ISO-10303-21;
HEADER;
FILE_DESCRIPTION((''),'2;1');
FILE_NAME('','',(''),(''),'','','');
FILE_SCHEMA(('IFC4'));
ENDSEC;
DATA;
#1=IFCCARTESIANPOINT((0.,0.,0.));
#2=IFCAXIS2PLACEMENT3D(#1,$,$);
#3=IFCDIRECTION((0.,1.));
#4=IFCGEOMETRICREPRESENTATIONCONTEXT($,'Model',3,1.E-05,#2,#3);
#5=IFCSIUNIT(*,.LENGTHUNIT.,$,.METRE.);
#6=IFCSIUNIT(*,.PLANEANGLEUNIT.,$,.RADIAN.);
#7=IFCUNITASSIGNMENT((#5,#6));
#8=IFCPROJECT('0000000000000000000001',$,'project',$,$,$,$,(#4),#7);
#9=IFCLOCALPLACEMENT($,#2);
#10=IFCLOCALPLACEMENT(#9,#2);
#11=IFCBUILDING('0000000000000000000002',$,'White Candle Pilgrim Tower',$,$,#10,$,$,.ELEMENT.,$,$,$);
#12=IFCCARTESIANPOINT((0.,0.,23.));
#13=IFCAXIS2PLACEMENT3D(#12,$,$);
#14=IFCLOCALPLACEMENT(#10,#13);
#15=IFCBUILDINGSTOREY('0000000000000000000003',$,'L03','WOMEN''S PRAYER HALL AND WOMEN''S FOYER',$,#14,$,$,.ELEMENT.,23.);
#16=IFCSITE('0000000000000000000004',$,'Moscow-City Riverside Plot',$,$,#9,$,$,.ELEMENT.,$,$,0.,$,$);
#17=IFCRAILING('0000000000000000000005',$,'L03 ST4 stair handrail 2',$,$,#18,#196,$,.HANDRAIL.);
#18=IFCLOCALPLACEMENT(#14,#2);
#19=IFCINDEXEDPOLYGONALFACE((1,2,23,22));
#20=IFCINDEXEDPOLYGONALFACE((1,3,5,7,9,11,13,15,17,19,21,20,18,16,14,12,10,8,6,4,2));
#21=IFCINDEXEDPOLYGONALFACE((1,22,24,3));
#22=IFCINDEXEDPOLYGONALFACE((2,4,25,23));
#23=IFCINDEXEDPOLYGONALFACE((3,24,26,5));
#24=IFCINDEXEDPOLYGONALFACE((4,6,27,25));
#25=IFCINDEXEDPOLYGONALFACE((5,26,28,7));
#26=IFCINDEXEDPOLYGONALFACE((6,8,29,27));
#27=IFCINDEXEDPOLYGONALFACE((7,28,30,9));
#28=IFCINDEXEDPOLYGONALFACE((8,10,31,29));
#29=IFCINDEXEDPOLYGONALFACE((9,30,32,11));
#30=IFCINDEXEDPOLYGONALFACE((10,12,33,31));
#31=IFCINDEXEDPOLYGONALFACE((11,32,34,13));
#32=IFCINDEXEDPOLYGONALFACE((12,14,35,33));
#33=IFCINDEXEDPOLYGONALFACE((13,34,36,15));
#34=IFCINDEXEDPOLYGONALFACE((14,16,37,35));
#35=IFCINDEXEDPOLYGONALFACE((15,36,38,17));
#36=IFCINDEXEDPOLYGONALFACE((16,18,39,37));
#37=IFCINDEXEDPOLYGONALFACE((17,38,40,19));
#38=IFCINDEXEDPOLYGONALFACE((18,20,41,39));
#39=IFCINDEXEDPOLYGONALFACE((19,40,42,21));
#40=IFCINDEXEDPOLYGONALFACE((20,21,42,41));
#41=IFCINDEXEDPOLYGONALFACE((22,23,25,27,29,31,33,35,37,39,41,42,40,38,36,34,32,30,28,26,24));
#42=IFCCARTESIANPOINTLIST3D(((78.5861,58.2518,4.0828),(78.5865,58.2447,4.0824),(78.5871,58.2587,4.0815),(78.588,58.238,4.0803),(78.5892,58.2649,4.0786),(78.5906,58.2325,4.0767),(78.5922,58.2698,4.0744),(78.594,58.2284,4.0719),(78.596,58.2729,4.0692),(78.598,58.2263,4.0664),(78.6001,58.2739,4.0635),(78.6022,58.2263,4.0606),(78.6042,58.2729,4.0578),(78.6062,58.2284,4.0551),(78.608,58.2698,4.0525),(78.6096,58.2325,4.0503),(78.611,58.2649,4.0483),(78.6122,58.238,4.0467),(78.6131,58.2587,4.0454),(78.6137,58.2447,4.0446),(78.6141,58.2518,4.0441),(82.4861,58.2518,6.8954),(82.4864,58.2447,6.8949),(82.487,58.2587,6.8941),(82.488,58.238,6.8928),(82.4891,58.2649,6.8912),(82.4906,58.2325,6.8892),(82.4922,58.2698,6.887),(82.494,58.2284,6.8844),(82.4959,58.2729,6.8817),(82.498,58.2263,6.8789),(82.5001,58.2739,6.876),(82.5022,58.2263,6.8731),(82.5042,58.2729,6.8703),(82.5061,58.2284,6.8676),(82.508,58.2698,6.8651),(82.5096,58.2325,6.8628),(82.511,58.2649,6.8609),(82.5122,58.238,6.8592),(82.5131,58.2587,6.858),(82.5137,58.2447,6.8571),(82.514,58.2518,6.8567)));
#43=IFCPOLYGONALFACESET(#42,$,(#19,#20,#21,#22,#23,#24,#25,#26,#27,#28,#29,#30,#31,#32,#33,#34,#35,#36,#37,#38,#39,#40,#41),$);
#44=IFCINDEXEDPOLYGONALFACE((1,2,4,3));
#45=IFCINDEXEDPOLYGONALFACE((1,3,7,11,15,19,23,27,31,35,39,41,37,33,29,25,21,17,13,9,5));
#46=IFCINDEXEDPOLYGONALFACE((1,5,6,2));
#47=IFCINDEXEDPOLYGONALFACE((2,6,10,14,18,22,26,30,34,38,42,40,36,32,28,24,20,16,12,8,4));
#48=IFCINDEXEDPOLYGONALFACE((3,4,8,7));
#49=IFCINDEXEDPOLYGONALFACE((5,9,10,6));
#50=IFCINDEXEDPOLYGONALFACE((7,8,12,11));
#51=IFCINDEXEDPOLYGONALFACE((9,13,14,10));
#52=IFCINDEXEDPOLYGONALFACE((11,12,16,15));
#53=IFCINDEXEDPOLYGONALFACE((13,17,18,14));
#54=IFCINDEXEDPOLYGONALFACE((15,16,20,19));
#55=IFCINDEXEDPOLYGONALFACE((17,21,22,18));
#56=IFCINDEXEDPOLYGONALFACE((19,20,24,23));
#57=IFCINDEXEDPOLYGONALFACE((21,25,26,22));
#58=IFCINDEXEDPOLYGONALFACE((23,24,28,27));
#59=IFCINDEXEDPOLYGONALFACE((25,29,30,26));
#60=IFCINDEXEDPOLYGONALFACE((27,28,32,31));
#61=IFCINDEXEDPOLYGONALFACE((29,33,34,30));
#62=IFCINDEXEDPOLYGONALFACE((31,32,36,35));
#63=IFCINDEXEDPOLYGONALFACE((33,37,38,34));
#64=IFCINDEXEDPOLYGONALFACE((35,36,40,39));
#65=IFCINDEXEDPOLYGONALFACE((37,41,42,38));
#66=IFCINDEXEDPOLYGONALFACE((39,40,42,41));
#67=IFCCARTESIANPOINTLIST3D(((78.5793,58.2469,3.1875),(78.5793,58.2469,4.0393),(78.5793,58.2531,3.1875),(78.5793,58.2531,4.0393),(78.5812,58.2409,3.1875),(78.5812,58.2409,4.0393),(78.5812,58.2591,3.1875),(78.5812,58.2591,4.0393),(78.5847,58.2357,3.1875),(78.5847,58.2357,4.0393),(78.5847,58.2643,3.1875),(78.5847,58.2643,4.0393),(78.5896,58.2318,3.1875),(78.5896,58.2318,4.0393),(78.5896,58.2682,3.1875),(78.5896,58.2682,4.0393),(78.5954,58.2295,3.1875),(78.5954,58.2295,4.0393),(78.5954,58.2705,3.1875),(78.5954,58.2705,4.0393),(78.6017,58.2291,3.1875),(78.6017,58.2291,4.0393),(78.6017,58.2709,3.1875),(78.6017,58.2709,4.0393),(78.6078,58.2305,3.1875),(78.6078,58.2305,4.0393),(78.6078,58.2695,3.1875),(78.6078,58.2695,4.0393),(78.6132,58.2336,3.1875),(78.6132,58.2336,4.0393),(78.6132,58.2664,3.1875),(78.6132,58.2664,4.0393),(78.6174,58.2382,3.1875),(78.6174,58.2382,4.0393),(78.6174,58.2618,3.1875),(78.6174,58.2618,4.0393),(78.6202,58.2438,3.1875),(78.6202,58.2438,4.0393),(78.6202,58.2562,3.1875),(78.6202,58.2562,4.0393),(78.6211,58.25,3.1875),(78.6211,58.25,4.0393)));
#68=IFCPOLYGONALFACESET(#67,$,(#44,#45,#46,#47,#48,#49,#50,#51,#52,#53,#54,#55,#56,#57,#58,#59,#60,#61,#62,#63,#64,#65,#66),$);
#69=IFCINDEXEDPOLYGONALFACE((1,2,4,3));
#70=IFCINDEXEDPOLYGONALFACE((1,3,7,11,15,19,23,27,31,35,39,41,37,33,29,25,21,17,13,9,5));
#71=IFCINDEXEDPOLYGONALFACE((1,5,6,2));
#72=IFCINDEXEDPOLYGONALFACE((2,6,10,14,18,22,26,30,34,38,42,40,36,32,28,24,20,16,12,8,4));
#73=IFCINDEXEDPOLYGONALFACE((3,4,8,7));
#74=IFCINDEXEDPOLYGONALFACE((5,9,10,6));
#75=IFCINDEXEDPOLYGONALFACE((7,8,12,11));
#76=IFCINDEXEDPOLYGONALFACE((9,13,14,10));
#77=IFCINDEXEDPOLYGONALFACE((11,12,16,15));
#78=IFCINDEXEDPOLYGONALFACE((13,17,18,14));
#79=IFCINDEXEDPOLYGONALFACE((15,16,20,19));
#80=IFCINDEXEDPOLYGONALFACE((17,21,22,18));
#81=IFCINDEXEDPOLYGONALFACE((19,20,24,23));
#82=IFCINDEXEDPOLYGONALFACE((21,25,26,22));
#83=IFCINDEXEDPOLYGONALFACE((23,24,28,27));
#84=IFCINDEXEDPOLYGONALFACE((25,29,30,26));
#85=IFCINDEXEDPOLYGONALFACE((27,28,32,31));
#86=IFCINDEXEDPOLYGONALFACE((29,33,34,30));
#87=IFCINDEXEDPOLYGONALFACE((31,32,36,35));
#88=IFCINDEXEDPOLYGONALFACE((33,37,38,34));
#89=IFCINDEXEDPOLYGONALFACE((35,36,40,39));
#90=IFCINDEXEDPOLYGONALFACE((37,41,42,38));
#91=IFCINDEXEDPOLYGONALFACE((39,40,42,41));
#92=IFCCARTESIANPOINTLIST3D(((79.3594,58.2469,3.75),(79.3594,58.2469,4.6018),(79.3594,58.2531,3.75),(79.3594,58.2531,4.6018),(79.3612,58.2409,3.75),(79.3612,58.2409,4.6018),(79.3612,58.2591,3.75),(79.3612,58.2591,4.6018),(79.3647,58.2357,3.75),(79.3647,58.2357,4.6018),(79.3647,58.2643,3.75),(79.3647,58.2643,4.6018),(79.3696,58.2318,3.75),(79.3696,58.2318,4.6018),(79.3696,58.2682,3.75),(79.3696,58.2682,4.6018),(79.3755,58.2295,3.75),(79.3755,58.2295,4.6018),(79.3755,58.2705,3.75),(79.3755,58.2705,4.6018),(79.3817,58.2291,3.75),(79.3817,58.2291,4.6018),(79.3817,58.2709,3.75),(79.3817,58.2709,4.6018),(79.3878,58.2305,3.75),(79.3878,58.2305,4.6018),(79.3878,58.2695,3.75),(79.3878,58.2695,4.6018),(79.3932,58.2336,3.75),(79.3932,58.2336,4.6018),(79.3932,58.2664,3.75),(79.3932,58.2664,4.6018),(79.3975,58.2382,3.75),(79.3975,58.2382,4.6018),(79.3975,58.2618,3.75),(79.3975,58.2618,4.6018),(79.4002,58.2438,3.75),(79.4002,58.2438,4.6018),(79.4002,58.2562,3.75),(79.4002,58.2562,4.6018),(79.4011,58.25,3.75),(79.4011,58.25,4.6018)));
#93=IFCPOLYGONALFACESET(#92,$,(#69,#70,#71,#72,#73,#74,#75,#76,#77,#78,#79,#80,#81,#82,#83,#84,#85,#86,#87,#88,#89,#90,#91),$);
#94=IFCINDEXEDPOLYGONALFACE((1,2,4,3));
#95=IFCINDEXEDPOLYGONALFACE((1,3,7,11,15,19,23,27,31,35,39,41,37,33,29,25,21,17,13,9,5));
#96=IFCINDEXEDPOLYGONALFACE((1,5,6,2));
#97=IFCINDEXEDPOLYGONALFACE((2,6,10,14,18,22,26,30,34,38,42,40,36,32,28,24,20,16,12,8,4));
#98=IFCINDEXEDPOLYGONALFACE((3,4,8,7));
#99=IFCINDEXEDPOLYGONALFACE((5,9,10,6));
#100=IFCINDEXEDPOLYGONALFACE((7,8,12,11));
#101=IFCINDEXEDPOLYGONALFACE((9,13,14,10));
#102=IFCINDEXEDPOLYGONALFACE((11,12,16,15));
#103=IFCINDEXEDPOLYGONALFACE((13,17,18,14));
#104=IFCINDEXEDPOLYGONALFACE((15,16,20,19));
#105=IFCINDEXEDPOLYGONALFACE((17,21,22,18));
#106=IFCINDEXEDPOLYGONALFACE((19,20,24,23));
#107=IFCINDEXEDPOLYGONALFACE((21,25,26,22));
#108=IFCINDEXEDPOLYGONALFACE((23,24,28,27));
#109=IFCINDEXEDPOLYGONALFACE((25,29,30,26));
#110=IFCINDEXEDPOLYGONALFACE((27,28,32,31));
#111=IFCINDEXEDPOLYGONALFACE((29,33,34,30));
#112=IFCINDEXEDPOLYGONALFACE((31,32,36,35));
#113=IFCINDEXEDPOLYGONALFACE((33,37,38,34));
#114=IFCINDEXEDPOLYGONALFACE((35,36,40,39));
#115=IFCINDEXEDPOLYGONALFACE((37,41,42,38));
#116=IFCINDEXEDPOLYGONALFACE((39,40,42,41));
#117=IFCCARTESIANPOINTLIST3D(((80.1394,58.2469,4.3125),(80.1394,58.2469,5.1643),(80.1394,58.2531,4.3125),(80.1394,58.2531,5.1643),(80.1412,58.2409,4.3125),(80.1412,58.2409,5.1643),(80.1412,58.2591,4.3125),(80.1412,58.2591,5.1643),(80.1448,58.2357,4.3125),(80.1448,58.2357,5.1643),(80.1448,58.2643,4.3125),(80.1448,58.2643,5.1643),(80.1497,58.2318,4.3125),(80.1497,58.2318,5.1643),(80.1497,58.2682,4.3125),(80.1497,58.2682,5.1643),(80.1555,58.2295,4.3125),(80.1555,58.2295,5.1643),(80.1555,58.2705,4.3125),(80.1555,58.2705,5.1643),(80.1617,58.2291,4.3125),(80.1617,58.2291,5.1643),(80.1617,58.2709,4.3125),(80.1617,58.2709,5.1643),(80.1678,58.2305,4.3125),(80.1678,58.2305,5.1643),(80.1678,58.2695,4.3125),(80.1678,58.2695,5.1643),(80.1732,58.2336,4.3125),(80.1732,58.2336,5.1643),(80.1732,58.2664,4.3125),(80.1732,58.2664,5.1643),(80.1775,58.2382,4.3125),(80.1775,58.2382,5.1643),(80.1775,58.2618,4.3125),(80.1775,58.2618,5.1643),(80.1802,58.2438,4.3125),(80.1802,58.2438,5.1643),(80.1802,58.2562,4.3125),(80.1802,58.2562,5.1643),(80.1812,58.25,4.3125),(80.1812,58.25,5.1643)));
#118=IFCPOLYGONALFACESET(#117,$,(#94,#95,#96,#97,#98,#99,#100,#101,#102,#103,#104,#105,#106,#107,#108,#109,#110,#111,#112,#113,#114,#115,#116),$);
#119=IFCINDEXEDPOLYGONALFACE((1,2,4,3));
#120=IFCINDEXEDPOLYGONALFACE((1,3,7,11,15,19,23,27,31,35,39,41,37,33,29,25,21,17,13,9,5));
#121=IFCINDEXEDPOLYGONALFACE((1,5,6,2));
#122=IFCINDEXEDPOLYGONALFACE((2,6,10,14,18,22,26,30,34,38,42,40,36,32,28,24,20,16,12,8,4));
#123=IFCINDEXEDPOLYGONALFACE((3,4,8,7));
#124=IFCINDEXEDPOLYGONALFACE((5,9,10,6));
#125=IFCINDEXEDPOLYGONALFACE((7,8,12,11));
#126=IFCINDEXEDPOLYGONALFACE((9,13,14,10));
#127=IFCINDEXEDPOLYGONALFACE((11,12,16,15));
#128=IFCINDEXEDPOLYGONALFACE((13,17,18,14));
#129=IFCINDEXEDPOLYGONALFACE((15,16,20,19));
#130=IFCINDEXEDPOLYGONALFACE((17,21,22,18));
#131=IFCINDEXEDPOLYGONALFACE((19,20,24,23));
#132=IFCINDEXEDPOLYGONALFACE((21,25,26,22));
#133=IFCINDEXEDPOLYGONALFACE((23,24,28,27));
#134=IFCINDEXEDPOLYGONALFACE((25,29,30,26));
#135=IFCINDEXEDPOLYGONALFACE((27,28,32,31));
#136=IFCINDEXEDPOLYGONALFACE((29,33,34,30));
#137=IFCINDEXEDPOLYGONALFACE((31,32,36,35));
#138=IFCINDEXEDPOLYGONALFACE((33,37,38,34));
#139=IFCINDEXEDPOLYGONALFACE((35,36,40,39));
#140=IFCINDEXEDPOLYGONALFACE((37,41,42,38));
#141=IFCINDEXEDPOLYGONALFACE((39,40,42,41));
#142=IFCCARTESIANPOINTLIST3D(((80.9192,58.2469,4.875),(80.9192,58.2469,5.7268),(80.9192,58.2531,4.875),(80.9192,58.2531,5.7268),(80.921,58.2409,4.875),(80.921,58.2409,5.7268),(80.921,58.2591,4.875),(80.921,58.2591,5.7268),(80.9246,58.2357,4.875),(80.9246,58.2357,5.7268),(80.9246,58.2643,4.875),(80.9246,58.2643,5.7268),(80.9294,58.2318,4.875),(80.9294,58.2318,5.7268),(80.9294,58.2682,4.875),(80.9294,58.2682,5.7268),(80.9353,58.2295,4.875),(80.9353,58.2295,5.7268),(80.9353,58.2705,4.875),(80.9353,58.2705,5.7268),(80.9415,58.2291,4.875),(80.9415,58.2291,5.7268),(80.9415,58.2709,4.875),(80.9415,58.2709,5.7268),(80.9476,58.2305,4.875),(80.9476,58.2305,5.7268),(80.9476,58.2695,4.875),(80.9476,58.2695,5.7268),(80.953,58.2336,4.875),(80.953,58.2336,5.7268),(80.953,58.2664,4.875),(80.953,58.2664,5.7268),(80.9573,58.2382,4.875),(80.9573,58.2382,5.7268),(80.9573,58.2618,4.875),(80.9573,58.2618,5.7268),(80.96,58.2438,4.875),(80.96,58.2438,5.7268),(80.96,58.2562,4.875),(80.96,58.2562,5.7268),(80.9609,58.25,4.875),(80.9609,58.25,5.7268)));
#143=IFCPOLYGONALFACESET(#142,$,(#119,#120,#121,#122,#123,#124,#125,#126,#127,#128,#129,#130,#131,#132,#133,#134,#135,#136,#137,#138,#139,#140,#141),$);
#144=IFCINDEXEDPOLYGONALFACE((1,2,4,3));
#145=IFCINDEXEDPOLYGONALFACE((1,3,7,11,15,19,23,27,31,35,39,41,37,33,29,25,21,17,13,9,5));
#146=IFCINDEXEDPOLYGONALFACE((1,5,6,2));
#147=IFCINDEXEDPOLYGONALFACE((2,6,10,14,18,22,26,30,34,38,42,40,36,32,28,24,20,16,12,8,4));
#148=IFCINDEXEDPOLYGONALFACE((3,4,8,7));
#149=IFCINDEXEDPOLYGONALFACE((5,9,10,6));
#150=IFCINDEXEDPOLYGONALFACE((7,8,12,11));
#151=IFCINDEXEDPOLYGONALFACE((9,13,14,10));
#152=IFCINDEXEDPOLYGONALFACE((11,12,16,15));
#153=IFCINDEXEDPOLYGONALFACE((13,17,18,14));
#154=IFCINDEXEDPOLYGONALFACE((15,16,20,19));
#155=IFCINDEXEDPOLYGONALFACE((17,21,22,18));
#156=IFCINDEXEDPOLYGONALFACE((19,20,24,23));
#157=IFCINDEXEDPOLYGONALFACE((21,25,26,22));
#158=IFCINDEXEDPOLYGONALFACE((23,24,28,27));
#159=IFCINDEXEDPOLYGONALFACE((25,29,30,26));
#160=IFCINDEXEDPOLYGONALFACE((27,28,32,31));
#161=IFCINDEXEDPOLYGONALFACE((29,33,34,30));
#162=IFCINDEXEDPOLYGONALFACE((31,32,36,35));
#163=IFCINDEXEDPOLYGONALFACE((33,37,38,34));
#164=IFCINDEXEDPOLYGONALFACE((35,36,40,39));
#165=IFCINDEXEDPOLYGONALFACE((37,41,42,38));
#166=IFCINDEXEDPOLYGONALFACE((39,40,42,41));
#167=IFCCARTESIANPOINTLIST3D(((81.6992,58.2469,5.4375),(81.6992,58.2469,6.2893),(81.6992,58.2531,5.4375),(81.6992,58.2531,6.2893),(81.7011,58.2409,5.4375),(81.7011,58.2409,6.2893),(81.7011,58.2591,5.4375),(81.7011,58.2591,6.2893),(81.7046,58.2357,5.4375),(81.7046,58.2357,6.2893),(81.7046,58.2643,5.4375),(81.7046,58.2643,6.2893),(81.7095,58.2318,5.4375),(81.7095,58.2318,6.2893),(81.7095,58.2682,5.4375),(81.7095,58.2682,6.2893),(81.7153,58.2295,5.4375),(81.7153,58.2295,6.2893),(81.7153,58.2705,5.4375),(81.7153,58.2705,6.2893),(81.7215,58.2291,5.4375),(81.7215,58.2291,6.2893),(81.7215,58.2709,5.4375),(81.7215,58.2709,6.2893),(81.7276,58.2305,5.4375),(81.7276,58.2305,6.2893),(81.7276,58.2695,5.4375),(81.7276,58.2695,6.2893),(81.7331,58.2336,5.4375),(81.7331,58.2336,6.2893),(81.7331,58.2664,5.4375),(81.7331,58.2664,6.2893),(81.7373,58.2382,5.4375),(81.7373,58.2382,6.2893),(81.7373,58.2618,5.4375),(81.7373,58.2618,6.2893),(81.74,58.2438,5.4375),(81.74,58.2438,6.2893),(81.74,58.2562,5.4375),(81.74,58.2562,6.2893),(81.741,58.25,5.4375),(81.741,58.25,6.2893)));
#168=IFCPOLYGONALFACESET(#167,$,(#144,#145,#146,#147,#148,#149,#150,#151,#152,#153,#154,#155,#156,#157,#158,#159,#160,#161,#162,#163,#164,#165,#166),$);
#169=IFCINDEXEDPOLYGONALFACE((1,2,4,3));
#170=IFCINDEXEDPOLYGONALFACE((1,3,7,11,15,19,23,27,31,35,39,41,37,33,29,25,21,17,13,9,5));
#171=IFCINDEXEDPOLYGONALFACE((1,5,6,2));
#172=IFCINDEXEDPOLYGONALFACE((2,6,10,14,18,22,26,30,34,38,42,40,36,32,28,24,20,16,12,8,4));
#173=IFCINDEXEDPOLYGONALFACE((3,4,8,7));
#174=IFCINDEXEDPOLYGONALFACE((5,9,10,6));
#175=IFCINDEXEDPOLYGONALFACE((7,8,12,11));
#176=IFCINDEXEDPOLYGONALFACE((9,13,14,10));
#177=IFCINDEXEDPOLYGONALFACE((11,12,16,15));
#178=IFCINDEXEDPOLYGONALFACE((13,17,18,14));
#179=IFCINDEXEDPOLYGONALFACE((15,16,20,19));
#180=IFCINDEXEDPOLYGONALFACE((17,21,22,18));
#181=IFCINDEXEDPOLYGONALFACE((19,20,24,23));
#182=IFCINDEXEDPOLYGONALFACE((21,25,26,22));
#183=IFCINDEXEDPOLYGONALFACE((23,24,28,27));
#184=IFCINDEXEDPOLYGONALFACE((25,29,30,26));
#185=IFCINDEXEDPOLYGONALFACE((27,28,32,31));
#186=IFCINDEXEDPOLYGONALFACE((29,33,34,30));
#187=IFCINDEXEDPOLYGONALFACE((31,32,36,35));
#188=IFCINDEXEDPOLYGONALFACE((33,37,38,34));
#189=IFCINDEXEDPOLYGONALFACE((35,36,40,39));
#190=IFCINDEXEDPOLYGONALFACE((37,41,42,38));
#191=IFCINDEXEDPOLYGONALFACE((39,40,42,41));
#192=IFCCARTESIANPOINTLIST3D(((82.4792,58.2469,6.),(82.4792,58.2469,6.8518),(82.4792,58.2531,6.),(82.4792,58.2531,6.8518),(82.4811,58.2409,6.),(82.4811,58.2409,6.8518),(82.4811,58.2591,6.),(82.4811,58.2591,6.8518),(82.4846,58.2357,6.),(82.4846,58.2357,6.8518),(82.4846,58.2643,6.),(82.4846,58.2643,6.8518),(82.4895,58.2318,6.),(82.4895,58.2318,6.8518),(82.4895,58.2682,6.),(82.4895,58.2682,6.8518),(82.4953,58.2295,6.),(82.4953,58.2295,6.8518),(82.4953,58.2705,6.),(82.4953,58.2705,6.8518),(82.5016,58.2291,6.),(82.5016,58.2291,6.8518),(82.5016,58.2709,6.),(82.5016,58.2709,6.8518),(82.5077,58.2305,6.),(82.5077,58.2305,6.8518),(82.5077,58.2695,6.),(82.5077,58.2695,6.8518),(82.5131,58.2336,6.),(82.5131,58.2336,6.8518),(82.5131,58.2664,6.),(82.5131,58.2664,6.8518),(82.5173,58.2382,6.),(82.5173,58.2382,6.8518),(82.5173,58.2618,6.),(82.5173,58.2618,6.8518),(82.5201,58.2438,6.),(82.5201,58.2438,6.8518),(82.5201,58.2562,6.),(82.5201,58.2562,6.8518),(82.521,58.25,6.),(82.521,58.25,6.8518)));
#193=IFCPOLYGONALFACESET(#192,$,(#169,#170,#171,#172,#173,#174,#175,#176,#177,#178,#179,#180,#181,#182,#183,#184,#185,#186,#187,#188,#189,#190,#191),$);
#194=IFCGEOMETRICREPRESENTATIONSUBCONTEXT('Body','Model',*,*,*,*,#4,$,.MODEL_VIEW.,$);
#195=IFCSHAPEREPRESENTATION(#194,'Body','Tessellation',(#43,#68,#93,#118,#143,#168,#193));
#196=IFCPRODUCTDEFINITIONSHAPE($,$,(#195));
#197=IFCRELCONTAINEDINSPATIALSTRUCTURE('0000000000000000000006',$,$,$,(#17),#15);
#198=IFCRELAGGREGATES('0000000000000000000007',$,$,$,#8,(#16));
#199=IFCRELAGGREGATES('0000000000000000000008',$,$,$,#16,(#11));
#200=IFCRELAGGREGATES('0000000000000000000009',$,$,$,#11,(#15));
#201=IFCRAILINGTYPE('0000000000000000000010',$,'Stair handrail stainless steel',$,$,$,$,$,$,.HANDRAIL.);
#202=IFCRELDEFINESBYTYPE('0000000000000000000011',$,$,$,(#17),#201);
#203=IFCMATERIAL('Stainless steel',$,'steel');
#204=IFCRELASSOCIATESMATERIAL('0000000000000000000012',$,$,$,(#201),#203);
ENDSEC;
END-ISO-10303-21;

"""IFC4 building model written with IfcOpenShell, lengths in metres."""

from ifc_helpers import new_model, si_unit, direction, frame, origin, origin_2d, place, context, subcontext, project, spatial, circle, extrude, material, type_object, element, save


model = new_model("IFC4")

# Units and contexts
model_context = context("Model", 3, precision=1e-05, world=origin(), true_north=direction((0.0, 1.0)))
body_context = subcontext(model_context, "Body", "Model", "MODEL_VIEW")
ifc_project = project(units=[si_unit("LENGTHUNIT", "METRE"), si_unit("PLANEANGLEUNIT", "RADIAN")], contexts=[model_context])

# Site, building, storey
site_placement = place(None, origin())
site = spatial("IfcSite", under=ifc_project, at=site_placement, Name="Moscow-City Riverside Plot", CompositionType="ELEMENT", RefElevation=0.0)
building_placement = place(site_placement, origin())
building = spatial("IfcBuilding", under=site, at=building_placement, Name="White Candle Pilgrim Tower", CompositionType="ELEMENT")
storey_placement = place(building_placement, frame((0.0, 0.0, 23.0)))
storey = spatial("IfcBuildingStorey", under=building, at=storey_placement, Name="L03", Description="WOMEN'S PRAYER HALL AND WOMEN'S FOYER", CompositionType="ELEMENT", Elevation=23.0)

# Railing
ifc_material_1 = material(Name="Stainless steel", Category="steel")
railing_type_1 = type_object("IfcRailingType", Name="Stair handrail stainless steel", PredefinedType="HANDRAIL", material=ifc_material_1)
railing_1_placement = place(storey_placement, frame((78.6001, 58.25, 3.1875)))
element("IfcRailing", 1, at=railing_1_placement, inside=storey, type_object=railing_type_1, Name="L03 ST4 stair handrail 2", PredefinedType="HANDRAIL", context=body_context, shape_type="SweptSolid", body=[
    extrude(circle(Radius=0.0239, at=origin_2d()), frame((0.0, 0.0, 0.876), z_axis=(0.811083, 0.0, 0.584931), x_axis=(0.0, 1.0, 0.0)), (0.0, 0.0, 1.0), 4.8083),
    extrude(circle(Radius=0.021, at=origin_2d()), origin(), (0.0, 0.0, 1.0), 0.8518),
    extrude(circle(Radius=0.021, at=origin_2d()), frame((0.78, 0.0, 0.5625)), (0.0, 0.0, 1.0), 0.8518),
    extrude(circle(Radius=0.021, at=origin_2d()), frame((1.5601, 0.0, 1.125)), (0.0, 0.0, 1.0), 0.8518),
    extrude(circle(Radius=0.021, at=origin_2d()), frame((2.3398, 0.0, 1.6875)), (0.0, 0.0, 1.0), 0.8518),
    extrude(circle(Radius=0.021, at=origin_2d()), frame((3.1199, 0.0, 2.25)), (0.0, 0.0, 1.0), 0.8518),
    extrude(circle(Radius=0.021, at=origin_2d()), frame((3.8999, 0.0, 2.8125)), (0.0, 0.0, 1.0), 0.8518),
])

save(model, "model.ifc")
